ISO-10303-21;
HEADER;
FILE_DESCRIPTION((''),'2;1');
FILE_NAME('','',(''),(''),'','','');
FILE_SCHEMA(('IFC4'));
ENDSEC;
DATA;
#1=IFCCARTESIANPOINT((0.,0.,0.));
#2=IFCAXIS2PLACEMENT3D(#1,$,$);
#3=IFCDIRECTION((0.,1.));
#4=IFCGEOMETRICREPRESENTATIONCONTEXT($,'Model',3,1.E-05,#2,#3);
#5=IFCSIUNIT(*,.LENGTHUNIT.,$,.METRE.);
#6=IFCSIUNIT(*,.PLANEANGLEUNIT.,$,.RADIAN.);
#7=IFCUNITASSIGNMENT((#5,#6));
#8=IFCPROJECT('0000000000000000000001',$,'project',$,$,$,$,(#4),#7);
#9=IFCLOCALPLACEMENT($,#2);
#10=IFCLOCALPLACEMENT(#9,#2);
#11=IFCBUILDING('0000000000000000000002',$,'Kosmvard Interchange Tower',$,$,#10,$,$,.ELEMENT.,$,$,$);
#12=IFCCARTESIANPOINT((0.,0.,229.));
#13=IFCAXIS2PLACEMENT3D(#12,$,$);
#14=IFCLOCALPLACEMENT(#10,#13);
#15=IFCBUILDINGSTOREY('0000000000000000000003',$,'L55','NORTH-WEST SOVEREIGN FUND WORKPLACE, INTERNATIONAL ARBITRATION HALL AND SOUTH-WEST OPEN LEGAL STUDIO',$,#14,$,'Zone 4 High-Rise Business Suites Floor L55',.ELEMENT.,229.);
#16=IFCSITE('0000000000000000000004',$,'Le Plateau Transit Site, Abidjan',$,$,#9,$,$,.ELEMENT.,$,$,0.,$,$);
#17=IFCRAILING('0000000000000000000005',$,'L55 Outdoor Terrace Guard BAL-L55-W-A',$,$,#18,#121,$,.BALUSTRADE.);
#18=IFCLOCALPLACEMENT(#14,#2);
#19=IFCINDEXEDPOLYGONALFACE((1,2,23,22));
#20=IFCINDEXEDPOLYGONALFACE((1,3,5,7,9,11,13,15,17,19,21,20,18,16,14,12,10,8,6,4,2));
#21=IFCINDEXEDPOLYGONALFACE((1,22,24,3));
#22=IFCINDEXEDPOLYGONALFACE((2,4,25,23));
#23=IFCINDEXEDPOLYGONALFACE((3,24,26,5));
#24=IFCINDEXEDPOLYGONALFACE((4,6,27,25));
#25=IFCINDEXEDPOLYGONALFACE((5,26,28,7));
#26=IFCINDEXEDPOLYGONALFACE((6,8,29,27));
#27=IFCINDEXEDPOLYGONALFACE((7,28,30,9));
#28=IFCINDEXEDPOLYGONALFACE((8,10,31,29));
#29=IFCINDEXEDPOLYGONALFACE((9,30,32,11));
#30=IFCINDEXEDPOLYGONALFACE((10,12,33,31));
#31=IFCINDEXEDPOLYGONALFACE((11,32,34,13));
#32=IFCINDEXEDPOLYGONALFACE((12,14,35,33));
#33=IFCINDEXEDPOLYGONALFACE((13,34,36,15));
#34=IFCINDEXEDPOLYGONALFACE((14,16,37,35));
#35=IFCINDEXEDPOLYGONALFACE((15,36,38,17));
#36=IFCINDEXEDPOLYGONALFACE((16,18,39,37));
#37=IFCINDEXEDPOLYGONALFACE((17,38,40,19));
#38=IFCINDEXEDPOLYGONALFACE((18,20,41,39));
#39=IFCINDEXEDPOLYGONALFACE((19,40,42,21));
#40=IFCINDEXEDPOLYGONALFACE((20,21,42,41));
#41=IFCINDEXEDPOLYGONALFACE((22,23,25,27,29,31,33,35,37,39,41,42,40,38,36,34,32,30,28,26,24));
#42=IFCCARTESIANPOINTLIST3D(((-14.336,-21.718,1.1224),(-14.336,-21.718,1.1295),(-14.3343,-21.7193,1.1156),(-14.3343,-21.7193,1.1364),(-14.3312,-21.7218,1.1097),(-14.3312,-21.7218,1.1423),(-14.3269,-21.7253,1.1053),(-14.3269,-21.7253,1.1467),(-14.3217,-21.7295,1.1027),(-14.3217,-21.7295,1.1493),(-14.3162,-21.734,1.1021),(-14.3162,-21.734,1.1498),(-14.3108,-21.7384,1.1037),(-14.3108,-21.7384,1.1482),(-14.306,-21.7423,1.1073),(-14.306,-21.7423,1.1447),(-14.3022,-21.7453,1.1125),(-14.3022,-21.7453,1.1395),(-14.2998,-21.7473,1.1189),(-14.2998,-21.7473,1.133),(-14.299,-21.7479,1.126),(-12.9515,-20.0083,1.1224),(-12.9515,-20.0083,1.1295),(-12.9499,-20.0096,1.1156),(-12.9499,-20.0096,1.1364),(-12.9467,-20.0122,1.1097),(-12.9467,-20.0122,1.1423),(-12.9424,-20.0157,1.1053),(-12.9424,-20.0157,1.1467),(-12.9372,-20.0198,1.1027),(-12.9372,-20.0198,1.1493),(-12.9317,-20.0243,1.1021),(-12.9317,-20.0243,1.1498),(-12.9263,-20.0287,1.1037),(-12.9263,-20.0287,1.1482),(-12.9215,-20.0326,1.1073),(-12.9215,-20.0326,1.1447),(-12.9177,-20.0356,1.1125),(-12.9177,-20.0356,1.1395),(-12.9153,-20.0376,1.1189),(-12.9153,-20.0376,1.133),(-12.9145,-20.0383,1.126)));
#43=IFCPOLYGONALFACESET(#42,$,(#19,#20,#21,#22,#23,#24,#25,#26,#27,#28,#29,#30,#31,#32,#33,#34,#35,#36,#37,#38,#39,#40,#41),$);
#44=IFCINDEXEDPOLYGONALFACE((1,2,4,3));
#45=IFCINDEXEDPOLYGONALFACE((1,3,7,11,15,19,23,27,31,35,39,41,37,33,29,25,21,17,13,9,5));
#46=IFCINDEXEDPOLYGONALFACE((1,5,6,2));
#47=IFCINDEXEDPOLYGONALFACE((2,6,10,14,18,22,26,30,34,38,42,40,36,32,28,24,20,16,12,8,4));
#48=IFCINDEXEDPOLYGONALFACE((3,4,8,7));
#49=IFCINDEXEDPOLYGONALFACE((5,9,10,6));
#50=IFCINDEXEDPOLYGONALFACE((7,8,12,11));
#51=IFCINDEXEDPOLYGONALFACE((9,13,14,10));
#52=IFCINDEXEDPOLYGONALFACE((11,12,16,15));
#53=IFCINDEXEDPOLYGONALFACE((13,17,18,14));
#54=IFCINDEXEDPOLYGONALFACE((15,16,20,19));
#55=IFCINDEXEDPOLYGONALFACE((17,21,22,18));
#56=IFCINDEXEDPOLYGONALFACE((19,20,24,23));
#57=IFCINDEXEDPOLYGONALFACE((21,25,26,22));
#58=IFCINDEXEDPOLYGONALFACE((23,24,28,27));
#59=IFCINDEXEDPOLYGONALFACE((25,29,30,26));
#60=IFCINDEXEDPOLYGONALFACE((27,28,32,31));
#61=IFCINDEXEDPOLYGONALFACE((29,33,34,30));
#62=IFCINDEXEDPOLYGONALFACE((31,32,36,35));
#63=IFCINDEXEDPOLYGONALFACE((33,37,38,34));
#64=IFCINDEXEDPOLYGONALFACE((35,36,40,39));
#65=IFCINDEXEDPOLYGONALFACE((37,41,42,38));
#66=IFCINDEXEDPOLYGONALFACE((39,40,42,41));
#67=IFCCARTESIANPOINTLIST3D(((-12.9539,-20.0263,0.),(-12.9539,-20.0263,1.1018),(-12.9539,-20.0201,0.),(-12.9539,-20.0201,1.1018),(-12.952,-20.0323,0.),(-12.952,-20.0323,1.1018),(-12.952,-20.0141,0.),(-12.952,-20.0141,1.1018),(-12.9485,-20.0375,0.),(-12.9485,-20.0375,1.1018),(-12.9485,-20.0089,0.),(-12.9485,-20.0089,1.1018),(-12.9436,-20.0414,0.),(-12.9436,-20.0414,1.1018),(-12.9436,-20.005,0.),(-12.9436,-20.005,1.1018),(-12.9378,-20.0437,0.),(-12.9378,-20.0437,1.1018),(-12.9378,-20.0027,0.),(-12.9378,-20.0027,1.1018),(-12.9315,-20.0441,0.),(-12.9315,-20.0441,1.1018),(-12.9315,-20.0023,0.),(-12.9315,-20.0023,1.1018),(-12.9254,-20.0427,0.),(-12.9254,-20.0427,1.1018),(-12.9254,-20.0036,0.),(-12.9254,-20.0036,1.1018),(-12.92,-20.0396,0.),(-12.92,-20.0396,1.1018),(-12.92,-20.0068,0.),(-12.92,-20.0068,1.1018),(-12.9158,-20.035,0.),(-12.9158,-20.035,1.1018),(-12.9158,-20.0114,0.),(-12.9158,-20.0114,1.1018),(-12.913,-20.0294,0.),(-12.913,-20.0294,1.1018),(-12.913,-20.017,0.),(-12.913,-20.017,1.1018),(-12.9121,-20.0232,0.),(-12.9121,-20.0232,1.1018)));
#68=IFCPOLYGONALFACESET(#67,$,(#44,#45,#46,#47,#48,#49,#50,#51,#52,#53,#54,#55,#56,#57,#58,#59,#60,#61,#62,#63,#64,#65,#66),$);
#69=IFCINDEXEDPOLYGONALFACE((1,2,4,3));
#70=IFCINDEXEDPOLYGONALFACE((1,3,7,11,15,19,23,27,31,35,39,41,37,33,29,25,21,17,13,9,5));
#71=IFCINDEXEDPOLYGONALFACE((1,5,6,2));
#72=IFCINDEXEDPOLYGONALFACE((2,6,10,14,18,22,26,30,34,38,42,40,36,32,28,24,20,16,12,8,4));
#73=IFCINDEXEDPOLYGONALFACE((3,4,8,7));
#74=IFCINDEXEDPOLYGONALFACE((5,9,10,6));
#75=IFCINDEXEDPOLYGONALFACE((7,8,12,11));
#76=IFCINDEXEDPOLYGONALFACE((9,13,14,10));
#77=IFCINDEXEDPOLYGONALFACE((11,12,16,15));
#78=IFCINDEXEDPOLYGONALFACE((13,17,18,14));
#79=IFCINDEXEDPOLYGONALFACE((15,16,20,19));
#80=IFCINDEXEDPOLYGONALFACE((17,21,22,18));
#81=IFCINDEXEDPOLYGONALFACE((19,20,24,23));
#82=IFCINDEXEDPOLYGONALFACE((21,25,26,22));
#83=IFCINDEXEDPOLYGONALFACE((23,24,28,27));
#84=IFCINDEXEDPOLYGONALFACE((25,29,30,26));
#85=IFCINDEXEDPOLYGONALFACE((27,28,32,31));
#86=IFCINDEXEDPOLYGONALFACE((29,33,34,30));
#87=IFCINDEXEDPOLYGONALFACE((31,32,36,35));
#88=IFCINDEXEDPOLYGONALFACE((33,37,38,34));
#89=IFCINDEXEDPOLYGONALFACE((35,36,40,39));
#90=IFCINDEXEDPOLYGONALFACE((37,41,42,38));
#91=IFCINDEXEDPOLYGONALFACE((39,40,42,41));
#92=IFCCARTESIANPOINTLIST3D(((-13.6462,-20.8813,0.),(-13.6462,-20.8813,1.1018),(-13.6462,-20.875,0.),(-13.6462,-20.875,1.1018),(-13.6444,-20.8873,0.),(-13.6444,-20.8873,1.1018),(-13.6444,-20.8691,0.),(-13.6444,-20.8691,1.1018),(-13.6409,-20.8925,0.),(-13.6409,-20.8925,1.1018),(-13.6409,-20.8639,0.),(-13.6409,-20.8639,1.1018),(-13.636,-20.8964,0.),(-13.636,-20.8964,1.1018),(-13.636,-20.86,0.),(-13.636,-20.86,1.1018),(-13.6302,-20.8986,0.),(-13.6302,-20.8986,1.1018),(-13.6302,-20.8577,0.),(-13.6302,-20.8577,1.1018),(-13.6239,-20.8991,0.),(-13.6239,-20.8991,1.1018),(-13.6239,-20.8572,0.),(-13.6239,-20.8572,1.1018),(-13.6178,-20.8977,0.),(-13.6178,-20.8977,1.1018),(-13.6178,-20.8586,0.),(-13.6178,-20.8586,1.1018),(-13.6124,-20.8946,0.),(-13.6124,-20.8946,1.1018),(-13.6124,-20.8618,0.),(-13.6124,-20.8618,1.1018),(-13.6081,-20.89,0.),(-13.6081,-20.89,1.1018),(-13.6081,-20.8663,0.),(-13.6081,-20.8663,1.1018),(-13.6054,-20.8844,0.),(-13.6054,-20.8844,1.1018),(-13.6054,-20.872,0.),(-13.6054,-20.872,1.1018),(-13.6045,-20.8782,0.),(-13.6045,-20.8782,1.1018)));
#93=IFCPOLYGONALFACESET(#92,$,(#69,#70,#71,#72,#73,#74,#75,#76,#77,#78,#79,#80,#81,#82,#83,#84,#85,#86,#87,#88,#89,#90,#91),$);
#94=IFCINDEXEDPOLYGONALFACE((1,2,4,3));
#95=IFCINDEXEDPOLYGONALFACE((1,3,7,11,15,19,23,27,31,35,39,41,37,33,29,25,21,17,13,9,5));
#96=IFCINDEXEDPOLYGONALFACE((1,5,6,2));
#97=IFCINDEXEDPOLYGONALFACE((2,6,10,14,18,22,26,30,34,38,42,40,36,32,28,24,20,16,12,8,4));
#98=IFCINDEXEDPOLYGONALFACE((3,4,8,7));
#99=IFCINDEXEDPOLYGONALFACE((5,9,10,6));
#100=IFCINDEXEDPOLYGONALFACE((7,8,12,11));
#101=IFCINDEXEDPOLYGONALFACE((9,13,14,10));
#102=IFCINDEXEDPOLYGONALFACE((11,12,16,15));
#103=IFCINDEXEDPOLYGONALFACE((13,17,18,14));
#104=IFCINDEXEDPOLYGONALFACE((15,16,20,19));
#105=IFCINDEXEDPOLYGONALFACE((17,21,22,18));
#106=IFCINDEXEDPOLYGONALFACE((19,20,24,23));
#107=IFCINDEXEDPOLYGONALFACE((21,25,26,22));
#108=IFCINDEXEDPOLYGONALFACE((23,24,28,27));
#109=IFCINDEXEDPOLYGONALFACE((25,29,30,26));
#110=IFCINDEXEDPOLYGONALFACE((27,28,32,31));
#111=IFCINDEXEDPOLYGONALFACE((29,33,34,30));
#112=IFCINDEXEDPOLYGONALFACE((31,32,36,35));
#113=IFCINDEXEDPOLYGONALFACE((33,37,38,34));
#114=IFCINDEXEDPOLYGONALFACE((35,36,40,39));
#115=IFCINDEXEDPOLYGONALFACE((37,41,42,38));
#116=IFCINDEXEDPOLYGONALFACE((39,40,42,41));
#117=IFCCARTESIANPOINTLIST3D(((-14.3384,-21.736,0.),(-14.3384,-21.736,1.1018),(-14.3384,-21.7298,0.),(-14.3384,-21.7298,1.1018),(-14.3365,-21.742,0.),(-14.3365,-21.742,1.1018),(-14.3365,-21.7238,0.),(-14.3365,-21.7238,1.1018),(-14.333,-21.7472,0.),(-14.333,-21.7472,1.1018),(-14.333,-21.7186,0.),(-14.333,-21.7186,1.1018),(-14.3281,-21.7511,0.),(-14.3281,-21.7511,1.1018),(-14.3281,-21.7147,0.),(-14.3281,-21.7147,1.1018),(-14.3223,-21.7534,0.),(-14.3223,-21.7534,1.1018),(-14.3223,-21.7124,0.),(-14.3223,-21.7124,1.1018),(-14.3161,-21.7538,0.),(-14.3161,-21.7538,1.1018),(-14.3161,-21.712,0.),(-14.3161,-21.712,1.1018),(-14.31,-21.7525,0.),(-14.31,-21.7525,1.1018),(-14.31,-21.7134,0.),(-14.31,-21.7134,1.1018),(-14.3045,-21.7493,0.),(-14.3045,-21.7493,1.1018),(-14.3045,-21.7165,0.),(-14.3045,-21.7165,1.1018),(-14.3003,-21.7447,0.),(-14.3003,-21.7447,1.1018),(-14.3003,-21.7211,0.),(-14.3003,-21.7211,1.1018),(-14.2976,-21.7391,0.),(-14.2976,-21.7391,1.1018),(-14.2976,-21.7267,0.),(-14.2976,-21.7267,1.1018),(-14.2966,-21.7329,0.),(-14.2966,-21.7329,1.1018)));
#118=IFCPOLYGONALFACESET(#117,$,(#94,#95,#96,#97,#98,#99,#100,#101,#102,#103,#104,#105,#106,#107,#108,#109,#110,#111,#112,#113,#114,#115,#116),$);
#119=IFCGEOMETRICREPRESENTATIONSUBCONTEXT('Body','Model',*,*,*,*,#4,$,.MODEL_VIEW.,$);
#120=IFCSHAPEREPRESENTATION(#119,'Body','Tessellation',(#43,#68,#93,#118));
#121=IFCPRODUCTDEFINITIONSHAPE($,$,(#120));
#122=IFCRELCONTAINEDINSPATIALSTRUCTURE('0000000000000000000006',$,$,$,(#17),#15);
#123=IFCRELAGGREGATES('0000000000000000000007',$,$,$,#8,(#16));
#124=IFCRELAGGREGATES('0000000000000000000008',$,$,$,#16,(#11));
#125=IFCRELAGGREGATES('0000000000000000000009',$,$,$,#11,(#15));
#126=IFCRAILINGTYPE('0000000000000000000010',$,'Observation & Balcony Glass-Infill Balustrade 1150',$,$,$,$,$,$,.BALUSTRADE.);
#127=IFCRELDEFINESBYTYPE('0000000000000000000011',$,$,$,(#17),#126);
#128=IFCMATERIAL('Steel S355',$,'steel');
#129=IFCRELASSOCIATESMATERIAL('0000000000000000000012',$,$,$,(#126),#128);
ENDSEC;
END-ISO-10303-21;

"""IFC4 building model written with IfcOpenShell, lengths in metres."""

from ifc_helpers import new_model, si_unit, direction, frame, origin, origin_2d, place, context, subcontext, project, spatial, circle, extrude, source, transform, mapped, material, type_object, element, save


model = new_model("IFC4")

# Units and contexts
model_context = context("Model", 3, precision=1e-05, world=origin(), true_north=direction((0.0, 1.0)))
body_context = subcontext(model_context, "Body", "Model", "MODEL_VIEW")
ifc_project = project(units=[si_unit("LENGTHUNIT", "METRE"), si_unit("PLANEANGLEUNIT", "RADIAN")], contexts=[model_context])

# Site, building, storey
site_placement = place(None, origin())
site = spatial("IfcSite", under=ifc_project, at=site_placement, Name="Le Plateau Transit Site, Abidjan", CompositionType="ELEMENT", RefElevation=0.0)
building_placement = place(site_placement, origin())
building = spatial("IfcBuilding", under=site, at=building_placement, Name="Kosmvard Interchange Tower", CompositionType="ELEMENT")
storey_placement = place(building_placement, frame((0.0, 0.0, 229.0)))
storey = spatial("IfcBuildingStorey", under=building, at=storey_placement, Name="L55", Description="NORTH-WEST SOVEREIGN FUND WORKPLACE, INTERNATIONAL ARBITRATION HALL AND SOUTH-WEST OPEN LEGAL STUDIO", LongName="Zone 4 High-Rise Business Suites Floor L55", CompositionType="ELEMENT", Elevation=229.0)

# Shared definitions
ifc_material_1 = material(Name="Steel S355", Category="steel")

# Railing
railing_type = type_object("IfcRailingType", Name="Observation & Balcony Glass-Infill Balustrade 1150", PredefinedType="BALUSTRADE", material=ifc_material_1)
shared_shape_1 = source(origin(), body_context, "Body", "SweptSolid", [
    extrude(circle(Radius=0.0239, at=origin_2d()), frame((0.0, 0.0, 1.126), z_axis=(-0.629326, -0.777141, 0.0), x_axis=(0.777141, -0.629326, 0.0)), (0.0, 0.0, 1.0), 2.2),
    extrude(circle(Radius=0.021, at=origin_2d()), origin(), (0.0, 0.0, 1.0), 1.1018),
    extrude(circle(Radius=0.021, at=origin_2d()), frame((-0.6924, -0.855, 0.0)), (0.0, 0.0, 1.0), 1.1018),
    extrude(circle(Radius=0.021, at=origin_2d()), frame((-1.3845, -1.7097, 0.0)), (0.0, 0.0, 1.0), 1.1018),
])
railing_1_placement = place(storey_placement, frame((-12.9331, -20.0232, 0.0)))
element("IfcRailing", 1, at=railing_1_placement, inside=storey, type_object=railing_type, Name="L55 Outdoor Terrace Guard BAL-L55-W-A", PredefinedType="BALUSTRADE", context=body_context, shape_type="MappedRepresentation", body=[
    mapped(shared_shape_1, transform((0.0, 0.0, 0.0), scale=1.0)),
])

save(model, "model.ifc")
